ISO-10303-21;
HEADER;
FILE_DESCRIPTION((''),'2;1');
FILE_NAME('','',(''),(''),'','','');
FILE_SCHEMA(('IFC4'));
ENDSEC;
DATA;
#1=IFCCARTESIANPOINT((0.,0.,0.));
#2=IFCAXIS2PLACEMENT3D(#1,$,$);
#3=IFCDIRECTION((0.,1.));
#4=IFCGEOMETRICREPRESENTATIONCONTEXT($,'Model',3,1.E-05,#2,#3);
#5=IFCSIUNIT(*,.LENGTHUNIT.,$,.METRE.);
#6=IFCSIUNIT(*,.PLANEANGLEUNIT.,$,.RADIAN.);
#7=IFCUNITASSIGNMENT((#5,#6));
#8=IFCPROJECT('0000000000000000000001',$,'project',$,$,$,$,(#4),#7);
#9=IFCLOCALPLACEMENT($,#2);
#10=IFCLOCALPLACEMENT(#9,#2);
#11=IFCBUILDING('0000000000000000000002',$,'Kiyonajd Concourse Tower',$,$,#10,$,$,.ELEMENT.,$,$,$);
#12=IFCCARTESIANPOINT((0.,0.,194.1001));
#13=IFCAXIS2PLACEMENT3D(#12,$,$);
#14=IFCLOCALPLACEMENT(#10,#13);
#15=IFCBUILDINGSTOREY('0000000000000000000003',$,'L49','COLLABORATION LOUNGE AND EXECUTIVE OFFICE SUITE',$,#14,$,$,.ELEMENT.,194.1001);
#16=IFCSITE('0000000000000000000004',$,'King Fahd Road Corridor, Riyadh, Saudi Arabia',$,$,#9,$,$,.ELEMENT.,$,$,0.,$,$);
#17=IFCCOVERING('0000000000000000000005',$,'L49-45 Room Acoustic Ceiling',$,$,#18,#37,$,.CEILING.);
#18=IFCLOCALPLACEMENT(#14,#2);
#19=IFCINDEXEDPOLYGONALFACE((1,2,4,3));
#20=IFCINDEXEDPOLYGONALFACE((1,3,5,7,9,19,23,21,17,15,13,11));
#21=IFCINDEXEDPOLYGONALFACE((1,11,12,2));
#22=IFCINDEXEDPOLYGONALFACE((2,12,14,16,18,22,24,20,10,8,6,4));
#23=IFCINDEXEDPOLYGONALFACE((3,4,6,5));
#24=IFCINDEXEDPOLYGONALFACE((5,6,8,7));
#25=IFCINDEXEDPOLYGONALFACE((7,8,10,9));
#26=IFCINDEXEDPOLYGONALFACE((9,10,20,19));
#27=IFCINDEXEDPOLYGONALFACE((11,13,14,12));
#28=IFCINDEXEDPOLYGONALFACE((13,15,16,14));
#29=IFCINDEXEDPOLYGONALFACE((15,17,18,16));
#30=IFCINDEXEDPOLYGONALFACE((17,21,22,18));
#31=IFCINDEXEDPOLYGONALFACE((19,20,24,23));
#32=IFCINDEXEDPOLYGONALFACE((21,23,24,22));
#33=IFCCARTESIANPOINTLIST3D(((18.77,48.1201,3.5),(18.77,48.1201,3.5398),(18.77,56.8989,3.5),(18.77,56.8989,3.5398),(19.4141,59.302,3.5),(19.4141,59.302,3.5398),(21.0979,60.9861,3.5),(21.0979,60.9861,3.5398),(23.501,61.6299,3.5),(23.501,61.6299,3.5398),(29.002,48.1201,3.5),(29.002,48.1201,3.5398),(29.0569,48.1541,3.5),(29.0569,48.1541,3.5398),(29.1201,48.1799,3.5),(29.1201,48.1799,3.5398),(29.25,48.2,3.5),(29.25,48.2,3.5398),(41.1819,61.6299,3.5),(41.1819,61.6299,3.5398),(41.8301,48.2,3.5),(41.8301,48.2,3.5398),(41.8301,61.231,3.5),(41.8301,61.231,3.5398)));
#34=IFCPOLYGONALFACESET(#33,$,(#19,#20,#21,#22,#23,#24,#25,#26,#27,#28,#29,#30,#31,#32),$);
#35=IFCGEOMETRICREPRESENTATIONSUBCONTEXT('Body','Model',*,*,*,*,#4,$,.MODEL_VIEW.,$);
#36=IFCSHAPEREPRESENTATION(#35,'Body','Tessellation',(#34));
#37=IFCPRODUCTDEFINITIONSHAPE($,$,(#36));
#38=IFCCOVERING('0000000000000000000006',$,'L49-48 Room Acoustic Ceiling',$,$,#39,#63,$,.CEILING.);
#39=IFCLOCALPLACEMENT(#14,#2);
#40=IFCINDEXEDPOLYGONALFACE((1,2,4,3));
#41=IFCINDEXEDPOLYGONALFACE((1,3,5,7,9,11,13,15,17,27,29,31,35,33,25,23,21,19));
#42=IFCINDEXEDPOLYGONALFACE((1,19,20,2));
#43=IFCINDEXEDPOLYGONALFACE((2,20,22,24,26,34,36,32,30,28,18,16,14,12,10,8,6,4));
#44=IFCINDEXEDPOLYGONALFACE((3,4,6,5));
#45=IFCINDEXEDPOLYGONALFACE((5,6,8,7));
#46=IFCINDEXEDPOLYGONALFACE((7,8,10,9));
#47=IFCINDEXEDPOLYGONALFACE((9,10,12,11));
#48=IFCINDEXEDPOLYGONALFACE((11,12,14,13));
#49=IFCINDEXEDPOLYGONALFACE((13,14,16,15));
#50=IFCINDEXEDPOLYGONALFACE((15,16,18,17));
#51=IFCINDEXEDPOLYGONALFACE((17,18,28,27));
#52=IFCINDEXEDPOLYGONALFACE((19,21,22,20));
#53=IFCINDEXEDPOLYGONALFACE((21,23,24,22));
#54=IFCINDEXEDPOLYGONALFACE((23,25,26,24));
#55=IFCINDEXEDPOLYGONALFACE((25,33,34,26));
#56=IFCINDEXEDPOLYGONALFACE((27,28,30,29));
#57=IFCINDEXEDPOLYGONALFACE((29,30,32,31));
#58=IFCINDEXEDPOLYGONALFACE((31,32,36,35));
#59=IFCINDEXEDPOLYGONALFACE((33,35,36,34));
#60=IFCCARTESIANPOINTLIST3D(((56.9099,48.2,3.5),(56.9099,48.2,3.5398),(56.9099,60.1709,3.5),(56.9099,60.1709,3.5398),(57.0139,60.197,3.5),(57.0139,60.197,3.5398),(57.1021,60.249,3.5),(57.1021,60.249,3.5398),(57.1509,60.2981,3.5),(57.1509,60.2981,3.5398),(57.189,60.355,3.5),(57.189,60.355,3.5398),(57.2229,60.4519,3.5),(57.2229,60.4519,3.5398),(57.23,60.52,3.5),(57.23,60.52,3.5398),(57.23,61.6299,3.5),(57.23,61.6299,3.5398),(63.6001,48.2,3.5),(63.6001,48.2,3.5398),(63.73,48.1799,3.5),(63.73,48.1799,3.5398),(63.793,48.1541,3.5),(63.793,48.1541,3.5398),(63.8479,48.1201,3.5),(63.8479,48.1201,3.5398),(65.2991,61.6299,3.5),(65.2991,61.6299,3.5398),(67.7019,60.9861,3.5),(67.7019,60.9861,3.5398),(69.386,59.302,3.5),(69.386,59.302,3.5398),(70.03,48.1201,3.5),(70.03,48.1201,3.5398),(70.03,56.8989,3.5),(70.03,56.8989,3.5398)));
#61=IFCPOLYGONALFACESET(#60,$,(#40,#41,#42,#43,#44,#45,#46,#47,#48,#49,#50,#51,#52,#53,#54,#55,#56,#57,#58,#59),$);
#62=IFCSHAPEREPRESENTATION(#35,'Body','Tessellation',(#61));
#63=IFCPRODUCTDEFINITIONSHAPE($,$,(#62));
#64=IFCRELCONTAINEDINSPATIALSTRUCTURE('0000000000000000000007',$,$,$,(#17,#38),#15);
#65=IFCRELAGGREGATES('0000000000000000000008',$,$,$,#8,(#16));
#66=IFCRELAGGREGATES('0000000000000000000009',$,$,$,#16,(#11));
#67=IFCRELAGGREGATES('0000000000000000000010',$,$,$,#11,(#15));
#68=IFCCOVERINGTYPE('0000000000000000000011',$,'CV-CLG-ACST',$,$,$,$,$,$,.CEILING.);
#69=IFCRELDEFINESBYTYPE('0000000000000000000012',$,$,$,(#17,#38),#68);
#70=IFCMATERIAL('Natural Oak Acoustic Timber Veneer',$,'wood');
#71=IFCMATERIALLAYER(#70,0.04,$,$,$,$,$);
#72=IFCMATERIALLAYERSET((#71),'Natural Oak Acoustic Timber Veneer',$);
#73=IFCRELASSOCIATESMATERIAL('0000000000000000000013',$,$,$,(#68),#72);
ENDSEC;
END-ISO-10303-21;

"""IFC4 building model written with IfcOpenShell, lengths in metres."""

from ifc_helpers import new_model, si_unit, direction, frame, origin, place, context, subcontext, project, spatial, polyline, outline, extrude, material, layer, layer_set, type_object, element, save


model = new_model("IFC4")

# Units and contexts
model_context = context("Model", 3, precision=1e-05, world=origin(), true_north=direction((0.0, 1.0)))
body_context = subcontext(model_context, "Body", "Model", "MODEL_VIEW")
ifc_project = project(units=[si_unit("LENGTHUNIT", "METRE"), si_unit("PLANEANGLEUNIT", "RADIAN")], contexts=[model_context])

# Site, building, storey
site_placement = place(None, origin())
site = spatial("IfcSite", under=ifc_project, at=site_placement, Name="King Fahd Road Corridor, Riyadh, Saudi Arabia", CompositionType="ELEMENT", RefElevation=0.0)
building_placement = place(site_placement, origin())
building = spatial("IfcBuilding", under=site, at=building_placement, Name="Kiyonajd Concourse Tower", CompositionType="ELEMENT")
storey_placement = place(building_placement, frame((0.0, 0.0, 194.1001)))
storey = spatial("IfcBuildingStorey", under=building, at=storey_placement, Name="L49", Description="COLLABORATION LOUNGE AND EXECUTIVE OFFICE SUITE", CompositionType="ELEMENT", Elevation=194.1001)

# Coverings
ifc_material_1 = material(Name="Natural Oak Acoustic Timber Veneer", Category="wood")
ifc_layer_1 = layer(ifc_material_1, 0.04)
ifc_layer_set_1 = layer_set([ifc_layer_1], Name="Natural Oak Acoustic Timber Veneer")
covering_type = type_object("IfcCoveringType", Name="CV-CLG-ACST", PredefinedType="CEILING", material=ifc_layer_set_1)
covering_1_placement = place(storey_placement, frame((0.0, 0.0, 3.5)))
element("IfcCovering", 1, at=covering_1_placement, inside=storey, type_object=covering_type, Name="L49-45 Room Acoustic Ceiling", PredefinedType="CEILING", context=body_context, shape_type="SweptSolid", body=[
    extrude(outline(polyline([(21.0979, 60.9861), (23.501, 61.6299), (41.1819, 61.6299), (41.8301, 61.231), (41.8301, 48.2), (29.25, 48.2), (29.1201, 48.1799), (29.0569, 48.1541), (29.002, 48.1201), (18.77, 48.1201), (18.77, 56.8989), (19.4141, 59.302), (21.0979, 60.9861)])), origin(), (0.0, 0.0, 1.0), 0.0398),
])
covering_2_placement = place(storey_placement, frame((0.0, 0.0, 3.5)))
element("IfcCovering", 2, at=covering_2_placement, inside=storey, type_object=covering_type, Name="L49-48 Room Acoustic Ceiling", PredefinedType="CEILING", context=body_context, shape_type="SweptSolid", body=[
    extrude(outline(polyline([(57.23, 61.6299), (65.2991, 61.6299), (67.7019, 60.9861), (69.386, 59.302), (70.03, 56.8989), (70.03, 48.1201), (63.8479, 48.1201), (63.793, 48.1541), (63.73, 48.1799), (63.6001, 48.2), (56.9099, 48.2), (56.9099, 60.1709), (57.0139, 60.197), (57.1021, 60.249), (57.1509, 60.2981), (57.189, 60.355), (57.2229, 60.4519), (57.23, 60.52), (57.23, 61.6299)])), origin(), (0.0, 0.0, 1.0), 0.0398),
])

save(model, "model.ifc")
